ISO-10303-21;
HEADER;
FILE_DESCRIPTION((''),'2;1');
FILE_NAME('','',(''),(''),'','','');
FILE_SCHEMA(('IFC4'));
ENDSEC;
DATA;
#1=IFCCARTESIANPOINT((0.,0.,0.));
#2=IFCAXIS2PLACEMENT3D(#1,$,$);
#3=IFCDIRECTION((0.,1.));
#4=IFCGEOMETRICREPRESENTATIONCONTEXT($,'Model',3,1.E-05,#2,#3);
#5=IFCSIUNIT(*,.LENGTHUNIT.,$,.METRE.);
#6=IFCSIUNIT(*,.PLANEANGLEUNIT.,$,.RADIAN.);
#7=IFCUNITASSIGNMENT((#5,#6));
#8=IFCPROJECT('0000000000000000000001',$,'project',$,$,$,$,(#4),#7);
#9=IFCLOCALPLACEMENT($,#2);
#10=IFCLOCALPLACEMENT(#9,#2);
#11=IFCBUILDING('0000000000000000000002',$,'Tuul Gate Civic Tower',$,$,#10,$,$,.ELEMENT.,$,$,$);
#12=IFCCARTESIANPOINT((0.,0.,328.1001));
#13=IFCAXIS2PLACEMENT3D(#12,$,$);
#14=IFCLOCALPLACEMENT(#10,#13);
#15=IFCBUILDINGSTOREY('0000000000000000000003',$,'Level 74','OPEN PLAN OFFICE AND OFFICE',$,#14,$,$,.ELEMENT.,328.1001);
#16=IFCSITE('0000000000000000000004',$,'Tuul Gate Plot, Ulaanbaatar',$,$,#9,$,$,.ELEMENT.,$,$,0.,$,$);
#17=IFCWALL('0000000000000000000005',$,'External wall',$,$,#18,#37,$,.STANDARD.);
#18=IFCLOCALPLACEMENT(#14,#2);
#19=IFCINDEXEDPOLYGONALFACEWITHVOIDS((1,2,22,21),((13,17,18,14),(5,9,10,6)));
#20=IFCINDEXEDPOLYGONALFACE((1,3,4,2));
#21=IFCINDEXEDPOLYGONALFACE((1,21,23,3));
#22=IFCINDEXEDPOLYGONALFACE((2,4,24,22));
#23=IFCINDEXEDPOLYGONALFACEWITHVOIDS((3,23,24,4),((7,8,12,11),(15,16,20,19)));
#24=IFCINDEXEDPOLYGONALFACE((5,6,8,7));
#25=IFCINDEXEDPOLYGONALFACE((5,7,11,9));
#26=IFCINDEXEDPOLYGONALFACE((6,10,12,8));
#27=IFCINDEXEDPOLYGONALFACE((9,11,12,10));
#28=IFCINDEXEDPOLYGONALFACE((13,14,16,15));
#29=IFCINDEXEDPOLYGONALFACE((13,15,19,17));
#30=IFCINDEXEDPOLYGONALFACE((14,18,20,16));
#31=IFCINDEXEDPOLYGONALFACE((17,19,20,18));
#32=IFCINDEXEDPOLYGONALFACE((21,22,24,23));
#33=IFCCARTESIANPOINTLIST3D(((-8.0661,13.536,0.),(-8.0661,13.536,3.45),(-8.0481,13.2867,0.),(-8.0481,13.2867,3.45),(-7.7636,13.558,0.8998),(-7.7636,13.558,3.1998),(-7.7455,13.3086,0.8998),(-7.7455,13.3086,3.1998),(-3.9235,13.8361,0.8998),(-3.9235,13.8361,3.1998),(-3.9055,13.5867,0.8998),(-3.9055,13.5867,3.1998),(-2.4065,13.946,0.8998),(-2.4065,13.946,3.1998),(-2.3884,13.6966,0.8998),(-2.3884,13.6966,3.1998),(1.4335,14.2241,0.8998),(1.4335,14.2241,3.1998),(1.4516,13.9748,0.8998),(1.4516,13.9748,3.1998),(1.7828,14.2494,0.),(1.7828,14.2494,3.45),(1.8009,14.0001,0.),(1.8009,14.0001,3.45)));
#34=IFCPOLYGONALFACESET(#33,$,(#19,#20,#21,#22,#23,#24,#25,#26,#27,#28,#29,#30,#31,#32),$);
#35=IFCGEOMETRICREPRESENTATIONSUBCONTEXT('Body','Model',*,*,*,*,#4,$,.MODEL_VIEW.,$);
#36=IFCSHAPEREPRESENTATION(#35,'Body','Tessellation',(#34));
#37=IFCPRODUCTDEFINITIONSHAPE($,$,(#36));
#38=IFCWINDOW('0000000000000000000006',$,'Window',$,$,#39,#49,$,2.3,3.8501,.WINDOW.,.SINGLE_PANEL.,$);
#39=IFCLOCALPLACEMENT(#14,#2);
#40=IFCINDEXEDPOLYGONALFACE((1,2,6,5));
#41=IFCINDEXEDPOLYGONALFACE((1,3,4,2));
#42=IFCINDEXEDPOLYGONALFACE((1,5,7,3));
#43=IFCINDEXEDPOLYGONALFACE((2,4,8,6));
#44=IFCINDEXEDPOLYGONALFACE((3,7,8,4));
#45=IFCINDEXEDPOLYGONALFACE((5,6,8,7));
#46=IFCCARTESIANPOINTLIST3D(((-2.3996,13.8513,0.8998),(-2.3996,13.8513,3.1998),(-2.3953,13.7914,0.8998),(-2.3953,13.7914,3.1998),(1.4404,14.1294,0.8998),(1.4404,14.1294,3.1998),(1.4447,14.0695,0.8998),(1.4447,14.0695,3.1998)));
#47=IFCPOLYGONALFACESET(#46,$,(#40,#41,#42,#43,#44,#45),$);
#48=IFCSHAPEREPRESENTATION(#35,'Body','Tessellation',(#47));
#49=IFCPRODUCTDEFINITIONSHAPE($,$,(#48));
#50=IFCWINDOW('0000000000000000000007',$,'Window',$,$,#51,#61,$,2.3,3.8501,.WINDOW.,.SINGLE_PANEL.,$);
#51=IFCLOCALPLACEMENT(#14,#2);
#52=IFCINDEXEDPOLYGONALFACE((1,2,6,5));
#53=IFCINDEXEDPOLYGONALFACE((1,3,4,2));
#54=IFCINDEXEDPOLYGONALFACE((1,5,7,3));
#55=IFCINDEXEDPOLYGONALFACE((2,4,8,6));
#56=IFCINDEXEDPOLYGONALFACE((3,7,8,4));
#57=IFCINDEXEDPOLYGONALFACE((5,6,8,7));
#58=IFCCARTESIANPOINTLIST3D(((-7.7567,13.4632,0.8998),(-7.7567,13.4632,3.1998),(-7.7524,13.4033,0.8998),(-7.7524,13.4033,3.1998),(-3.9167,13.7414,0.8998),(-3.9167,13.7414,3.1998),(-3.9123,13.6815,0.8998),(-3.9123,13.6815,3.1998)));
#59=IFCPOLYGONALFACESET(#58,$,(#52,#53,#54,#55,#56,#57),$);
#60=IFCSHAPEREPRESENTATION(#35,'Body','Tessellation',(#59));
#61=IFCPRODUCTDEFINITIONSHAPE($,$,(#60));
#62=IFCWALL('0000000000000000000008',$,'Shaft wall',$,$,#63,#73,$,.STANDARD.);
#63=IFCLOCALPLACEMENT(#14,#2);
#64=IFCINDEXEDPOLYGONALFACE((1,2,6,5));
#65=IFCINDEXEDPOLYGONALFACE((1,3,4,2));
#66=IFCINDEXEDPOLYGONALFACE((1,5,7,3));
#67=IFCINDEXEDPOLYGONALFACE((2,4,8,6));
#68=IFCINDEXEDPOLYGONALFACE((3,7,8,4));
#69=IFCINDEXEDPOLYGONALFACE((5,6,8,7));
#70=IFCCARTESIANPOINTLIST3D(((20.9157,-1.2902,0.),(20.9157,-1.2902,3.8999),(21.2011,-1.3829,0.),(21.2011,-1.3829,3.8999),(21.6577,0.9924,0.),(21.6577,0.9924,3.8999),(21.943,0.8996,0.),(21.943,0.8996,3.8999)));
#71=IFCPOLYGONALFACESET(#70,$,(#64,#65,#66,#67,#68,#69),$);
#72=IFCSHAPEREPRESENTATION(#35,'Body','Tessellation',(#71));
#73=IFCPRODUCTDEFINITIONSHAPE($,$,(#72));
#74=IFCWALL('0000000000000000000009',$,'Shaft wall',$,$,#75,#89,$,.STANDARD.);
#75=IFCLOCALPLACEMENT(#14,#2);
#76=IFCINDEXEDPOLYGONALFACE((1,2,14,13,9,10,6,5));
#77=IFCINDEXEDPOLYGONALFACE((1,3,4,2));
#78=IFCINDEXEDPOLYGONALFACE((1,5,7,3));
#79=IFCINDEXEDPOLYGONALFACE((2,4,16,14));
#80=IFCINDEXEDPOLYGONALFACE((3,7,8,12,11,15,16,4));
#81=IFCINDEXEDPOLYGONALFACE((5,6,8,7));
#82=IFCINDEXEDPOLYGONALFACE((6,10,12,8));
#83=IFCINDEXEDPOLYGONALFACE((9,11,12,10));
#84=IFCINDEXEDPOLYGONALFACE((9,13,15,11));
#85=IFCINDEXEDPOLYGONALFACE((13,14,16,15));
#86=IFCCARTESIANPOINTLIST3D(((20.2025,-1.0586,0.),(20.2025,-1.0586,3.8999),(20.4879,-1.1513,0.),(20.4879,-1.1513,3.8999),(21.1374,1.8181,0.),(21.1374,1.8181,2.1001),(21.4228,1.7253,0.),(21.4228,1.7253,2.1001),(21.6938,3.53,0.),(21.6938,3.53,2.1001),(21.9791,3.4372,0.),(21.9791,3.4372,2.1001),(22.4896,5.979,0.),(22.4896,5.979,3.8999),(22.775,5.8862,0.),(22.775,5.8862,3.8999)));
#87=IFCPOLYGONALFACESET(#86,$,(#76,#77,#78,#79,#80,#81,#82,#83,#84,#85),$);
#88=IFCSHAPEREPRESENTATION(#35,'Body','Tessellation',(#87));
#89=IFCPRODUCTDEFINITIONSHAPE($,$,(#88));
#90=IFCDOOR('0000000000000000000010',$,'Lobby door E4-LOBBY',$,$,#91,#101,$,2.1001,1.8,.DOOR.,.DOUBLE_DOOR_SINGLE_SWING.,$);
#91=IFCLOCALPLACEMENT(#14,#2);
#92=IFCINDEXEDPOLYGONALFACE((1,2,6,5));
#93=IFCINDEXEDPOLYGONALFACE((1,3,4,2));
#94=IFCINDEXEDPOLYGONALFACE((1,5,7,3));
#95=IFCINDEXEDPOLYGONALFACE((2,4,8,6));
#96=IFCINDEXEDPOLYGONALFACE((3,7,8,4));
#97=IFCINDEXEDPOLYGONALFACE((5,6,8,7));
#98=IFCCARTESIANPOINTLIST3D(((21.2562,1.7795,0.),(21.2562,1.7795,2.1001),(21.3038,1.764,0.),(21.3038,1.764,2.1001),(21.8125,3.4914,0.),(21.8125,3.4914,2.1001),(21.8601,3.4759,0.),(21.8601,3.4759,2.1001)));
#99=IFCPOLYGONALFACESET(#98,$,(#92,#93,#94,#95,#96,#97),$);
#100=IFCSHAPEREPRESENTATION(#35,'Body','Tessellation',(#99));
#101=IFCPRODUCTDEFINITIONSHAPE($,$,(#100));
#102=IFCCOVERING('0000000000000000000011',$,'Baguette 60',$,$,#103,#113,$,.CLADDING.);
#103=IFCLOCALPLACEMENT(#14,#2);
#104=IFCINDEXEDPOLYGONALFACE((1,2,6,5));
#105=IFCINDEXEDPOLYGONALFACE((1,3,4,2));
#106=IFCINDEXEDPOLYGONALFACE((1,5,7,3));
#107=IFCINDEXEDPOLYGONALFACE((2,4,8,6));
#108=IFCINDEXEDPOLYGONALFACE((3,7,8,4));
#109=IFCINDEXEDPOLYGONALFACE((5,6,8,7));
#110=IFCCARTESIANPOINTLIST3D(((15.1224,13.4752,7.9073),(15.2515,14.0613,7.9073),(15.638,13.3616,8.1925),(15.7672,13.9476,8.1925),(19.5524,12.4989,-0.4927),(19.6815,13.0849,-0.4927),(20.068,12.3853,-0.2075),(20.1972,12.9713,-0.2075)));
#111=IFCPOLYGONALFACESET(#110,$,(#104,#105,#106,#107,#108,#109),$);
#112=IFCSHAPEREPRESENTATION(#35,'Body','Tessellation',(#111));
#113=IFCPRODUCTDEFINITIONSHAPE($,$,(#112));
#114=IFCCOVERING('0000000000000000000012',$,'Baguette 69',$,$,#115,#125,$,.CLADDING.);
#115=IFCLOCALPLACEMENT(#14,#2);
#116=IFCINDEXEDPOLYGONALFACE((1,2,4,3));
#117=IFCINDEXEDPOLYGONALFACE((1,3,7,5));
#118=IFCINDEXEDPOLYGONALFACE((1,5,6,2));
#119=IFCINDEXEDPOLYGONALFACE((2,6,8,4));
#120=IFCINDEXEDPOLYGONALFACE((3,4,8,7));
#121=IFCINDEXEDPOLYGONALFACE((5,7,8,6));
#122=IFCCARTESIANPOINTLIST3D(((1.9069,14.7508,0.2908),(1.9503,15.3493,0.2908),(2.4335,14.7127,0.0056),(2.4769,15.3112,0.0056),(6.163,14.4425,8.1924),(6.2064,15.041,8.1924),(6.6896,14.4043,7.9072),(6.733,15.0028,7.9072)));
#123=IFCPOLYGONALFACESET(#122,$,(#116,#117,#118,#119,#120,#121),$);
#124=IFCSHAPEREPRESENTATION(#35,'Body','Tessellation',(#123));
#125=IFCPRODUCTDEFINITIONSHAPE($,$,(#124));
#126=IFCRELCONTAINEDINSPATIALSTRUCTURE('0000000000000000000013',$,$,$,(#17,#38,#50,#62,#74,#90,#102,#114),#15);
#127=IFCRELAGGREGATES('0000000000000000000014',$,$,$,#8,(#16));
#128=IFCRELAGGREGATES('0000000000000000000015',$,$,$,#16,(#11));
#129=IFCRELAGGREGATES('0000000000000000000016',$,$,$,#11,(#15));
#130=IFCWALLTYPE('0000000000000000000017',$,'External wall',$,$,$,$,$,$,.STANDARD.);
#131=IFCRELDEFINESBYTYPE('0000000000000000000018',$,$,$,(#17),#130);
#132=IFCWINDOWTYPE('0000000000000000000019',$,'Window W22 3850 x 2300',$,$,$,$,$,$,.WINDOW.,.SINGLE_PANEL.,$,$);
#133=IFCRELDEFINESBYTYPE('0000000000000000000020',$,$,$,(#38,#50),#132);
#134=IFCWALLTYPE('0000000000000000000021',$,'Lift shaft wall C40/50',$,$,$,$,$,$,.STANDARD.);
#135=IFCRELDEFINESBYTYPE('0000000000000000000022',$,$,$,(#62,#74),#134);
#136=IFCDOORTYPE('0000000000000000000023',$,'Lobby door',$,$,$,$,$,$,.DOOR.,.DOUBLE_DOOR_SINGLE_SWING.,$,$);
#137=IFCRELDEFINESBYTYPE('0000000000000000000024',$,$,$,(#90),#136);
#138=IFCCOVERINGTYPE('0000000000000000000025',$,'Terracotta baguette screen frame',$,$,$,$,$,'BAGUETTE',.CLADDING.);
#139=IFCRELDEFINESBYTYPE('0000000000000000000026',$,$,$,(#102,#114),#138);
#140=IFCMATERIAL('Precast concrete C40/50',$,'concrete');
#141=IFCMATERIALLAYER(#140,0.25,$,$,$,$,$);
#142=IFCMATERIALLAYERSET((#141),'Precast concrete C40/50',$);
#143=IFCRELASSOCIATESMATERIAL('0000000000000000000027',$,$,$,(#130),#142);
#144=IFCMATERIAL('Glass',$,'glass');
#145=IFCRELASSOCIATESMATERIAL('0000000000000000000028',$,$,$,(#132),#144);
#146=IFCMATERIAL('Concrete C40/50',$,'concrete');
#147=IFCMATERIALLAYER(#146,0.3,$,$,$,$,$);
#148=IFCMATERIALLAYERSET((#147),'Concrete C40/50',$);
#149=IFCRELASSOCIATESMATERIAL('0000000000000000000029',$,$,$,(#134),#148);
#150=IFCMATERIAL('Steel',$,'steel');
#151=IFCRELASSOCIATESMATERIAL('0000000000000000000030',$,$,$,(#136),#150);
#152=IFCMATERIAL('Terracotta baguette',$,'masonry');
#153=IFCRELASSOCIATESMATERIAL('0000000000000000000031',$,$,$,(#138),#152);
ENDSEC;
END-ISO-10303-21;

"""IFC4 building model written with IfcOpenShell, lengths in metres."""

from ifc_helpers import new_model, si_unit, direction, frame, frame_2d, origin, origin_2d, place, context, subcontext, project, spatial, rectangle, extrude, material, layer, layer_set, material_profile, profile_set, type_object, element, fill, save


model = new_model("IFC4")

# Units and contexts
model_context = context("Model", 3, precision=1e-05, world=origin(), true_north=direction((0.0, 1.0)))
body_context = subcontext(model_context, "Body", "Model", "MODEL_VIEW")
ifc_project = project(units=[si_unit("LENGTHUNIT", "METRE"), si_unit("PLANEANGLEUNIT", "RADIAN")], contexts=[model_context])

# Site, building, storey
site_placement = place(None, origin())
site = spatial("IfcSite", under=ifc_project, at=site_placement, Name="Tuul Gate Plot, Ulaanbaatar", CompositionType="ELEMENT", RefElevation=0.0)
building_placement = place(site_placement, origin())
building = spatial("IfcBuilding", under=site, at=building_placement, Name="Tuul Gate Civic Tower", CompositionType="ELEMENT")
storey_placement = place(building_placement, frame((0.0, 0.0, 328.1001)))
storey = spatial("IfcBuildingStorey", under=building, at=storey_placement, Name="Level 74", Description="OPEN PLAN OFFICE AND OFFICE", CompositionType="ELEMENT", Elevation=328.1001)

# Wall, openings, windows
ifc_material_1 = material(Name="Precast concrete C40/50", Category="concrete")
ifc_layer_1 = layer(ifc_material_1, 0.25)
ifc_layer_set_1 = layer_set([ifc_layer_1], Name="Precast concrete C40/50")
wall_type_1 = type_object("IfcWallType", Name="External wall", PredefinedType="STANDARD", material=ifc_layer_set_1)
ifc_material_2 = material(Name="Glass", Category="glass")
window_type = type_object("IfcWindowType", Name="Window W22 3850 x 2300", PartitioningType="SINGLE_PANEL", PredefinedType="WINDOW", material=ifc_material_2)
wall_1_placement = place(storey_placement, frame((1.792, 14.1248, 0.0), z_axis=(0.0, 0.0, 1.0), x_axis=(-0.997387, -0.072243, 0.0)))
wall_1 = element("IfcWall", 1, at=wall_1_placement, inside=storey, type_object=wall_type_1, Name="External wall", PredefinedType="STANDARD", context=body_context, shape_type="SweptSolid", body=[
    extrude(rectangle(XDim=9.8748, YDim=0.25, at=frame_2d((4.9375, 0.0))), origin(), (0.0, 0.0, 1.0), 3.45),
])
opening_1_placement = place(wall_1_placement, frame((0.3503, 0.0, 0.8999)))
opening_1 = element("IfcOpeningElement", 2, at=opening_1_placement, cuts=wall_1, PredefinedType="OPENING", context=body_context, shape_type="SweptSolid", body=[
    extrude(rectangle(XDim=3.8501, YDim=2.3, at=frame_2d((1.925, 1.1499))), frame((0.0, 0.135, 0.0), z_axis=(0.0, -1.0, 0.0), x_axis=(1.0, 0.0, 0.0)), (0.0, 0.0, 1.0), 0.27),
])
opening_2_placement = place(wall_1_placement, frame((5.7214, 0.0, 0.8999)))
opening_2 = element("IfcOpeningElement", 3, at=opening_2_placement, cuts=wall_1, PredefinedType="OPENING", context=body_context, shape_type="SweptSolid", body=[
    extrude(rectangle(XDim=3.8501, YDim=2.3, at=frame_2d((1.925, 1.1499))), frame((0.0, 0.135, 0.0), z_axis=(0.0, -1.0, 0.0), x_axis=(1.0, 0.0, 0.0)), (0.0, 0.0, 1.0), 0.27),
])
window_1_placement = place(opening_1_placement, origin())
window_1 = element("IfcWindow", 4, at=window_1_placement, inside=storey, type_object=window_type, Name="Window", OverallHeight=2.3, OverallWidth=3.8501, PartitioningType="SINGLE_PANEL", PredefinedType="WINDOW", context=body_context, shape_type="SweptSolid", body=[
    extrude(rectangle(XDim=3.8501, YDim=2.3, at=frame_2d((1.925, 1.1499))), frame((0.0, 0.03, 0.0), z_axis=(0.0, -1.0, 0.0), x_axis=(1.0, 0.0, 0.0)), (0.0, 0.0, 1.0), 0.0601),
])
fill(opening_1, window_1)
window_2_placement = place(opening_2_placement, origin())
window_2 = element("IfcWindow", 5, at=window_2_placement, inside=storey, type_object=window_type, Name="Window", OverallHeight=2.3, OverallWidth=3.8501, PartitioningType="SINGLE_PANEL", PredefinedType="WINDOW", context=body_context, shape_type="SweptSolid", body=[
    extrude(rectangle(XDim=3.8501, YDim=2.3, at=frame_2d((1.925, 1.1499))), frame((0.0, 0.03, 0.0), z_axis=(0.0, -1.0, 0.0), x_axis=(1.0, 0.0, 0.0)), (0.0, 0.0, 1.0), 0.0601),
])
fill(opening_2, window_2)

# Wall
ifc_material_3 = material(Name="Concrete C40/50", Category="concrete")
ifc_layer_2 = layer(ifc_material_3, 0.3)
ifc_layer_set_2 = layer_set([ifc_layer_2], Name="Concrete C40/50")
wall_type_2 = type_object("IfcWallType", Name="Lift shaft wall C40/50", PredefinedType="STANDARD", material=ifc_layer_set_2)
wall_2_placement = place(storey_placement, frame((21.0583, -1.3367, 0.0), z_axis=(0.0, 0.0, 1.0), x_axis=(0.309139, 0.951017, 0.0)))
element("IfcWall", 6, at=wall_2_placement, inside=storey, type_object=wall_type_2, Name="Shaft wall", PredefinedType="STANDARD", context=body_context, shape_type="SweptSolid", body=[
    extrude(rectangle(XDim=2.4001, YDim=0.3, at=frame_2d((1.2002, 0.0))), origin(), (0.0, 0.0, 1.0), 3.8999),
])

# Wall, opening, door
wall_3_placement = place(storey_placement, frame((20.3452, -1.105, 0.0), z_axis=(0.0, 0.0, 1.0), x_axis=(0.309073, 0.951038, 0.0)))
wall_3 = element("IfcWall", 7, at=wall_3_placement, inside=storey, type_object=wall_type_2, Name="Shaft wall", PredefinedType="STANDARD", context=body_context, shape_type="SweptSolid", body=[
    extrude(rectangle(XDim=7.3999, YDim=0.3, at=frame_2d((3.7, 0.0))), origin(), (0.0, 0.0, 1.0), 3.8999),
])
opening_3_placement = place(wall_3_placement, frame((3.0249, 0.0, 0.0)))
opening_3 = element("IfcOpeningElement", 8, at=opening_3_placement, cuts=wall_3, PredefinedType="OPENING", context=body_context, shape_type="SweptSolid", body=[
    extrude(rectangle(XDim=1.8, YDim=2.1001, at=frame_2d((0.8999, 1.05))), frame((0.0, 0.1602, 0.0), z_axis=(0.0, -1.0, 0.0), x_axis=(1.0, 0.0, 0.0)), (0.0, 0.0, 1.0), 0.3201),
])
ifc_material_4 = material(Name="Steel", Category="steel")
door_type_1 = type_object("IfcDoorType", Name="Lobby door", OperationType="DOUBLE_DOOR_SINGLE_SWING", PredefinedType="DOOR", material=ifc_material_4)
door_1_placement = place(opening_3_placement, frame((1.8, 0.0, 0.0), z_axis=(0.0, 0.0, 1.0), x_axis=(-1.0, 0.0, 0.0)))
door_1 = element("IfcDoor", 9, at=door_1_placement, inside=storey, type_object=door_type_1, Name="Lobby door E4-LOBBY", OperationType="DOUBLE_DOOR_SINGLE_SWING", OverallHeight=2.1001, OverallWidth=1.8, PredefinedType="DOOR", context=body_context, shape_type="SweptSolid", body=[
    extrude(rectangle(XDim=1.8, YDim=2.1001, at=frame_2d((0.9001, 1.05))), frame((0.0, 0.0249, 0.0), z_axis=(0.0, -1.0, 0.0), x_axis=(1.0, 0.0, 0.0)), (0.0, 0.0, 1.0), 0.05),
])
fill(opening_3, door_1)

# Coverings
ifc_material_5 = material(Name="Terracotta baguette", Category="masonry")
ifc_material_profile_1 = material_profile(ifc_material_5, rectangle(XDim=0.6001, YDim=0.6001, at=origin_2d()), Name="Terracotta baguette screen frame")
ifc_profile_set_1 = profile_set([ifc_material_profile_1], Name="Terracotta baguette")
covering_type = type_object("IfcCoveringType", Name="Terracotta baguette screen frame", ElementType="BAGUETTE", PredefinedType="CLADDING", material=ifc_profile_set_1)
covering_1_placement = place(storey_placement, frame((19.8748, 12.7351, -0.3501), z_axis=(-0.464037, 0.10227, 0.879892), x_axis=(-0.215226, -0.976564, 0.0)))
element("IfcCovering", 10, at=covering_1_placement, inside=storey, type_object=covering_type, Name="Baguette 60", PredefinedType="CLADDING", context=body_context, shape_type="SweptSolid", body=[
    extrude(rectangle(XDim=0.6001, YDim=0.6001, at=origin_2d()), origin(), (0.0, 0.0, 1.0), 9.5466),
])
covering_2_placement = place(storey_placement, frame((6.448, 14.7227, 8.0498), z_axis=(-0.47394, 0.034336, -0.879887), x_axis=(-0.072259, -0.997386, 0.0)))
element("IfcCovering", 11, at=covering_2_placement, inside=storey, type_object=covering_type, Name="Baguette 69", PredefinedType="CLADDING", context=body_context, shape_type="SweptSolid", body=[
    extrude(rectangle(XDim=0.6001, YDim=0.6001, at=origin_2d()), origin(), (0.0, 0.0, 1.0), 8.9802),
])

save(model, "model.ifc")
